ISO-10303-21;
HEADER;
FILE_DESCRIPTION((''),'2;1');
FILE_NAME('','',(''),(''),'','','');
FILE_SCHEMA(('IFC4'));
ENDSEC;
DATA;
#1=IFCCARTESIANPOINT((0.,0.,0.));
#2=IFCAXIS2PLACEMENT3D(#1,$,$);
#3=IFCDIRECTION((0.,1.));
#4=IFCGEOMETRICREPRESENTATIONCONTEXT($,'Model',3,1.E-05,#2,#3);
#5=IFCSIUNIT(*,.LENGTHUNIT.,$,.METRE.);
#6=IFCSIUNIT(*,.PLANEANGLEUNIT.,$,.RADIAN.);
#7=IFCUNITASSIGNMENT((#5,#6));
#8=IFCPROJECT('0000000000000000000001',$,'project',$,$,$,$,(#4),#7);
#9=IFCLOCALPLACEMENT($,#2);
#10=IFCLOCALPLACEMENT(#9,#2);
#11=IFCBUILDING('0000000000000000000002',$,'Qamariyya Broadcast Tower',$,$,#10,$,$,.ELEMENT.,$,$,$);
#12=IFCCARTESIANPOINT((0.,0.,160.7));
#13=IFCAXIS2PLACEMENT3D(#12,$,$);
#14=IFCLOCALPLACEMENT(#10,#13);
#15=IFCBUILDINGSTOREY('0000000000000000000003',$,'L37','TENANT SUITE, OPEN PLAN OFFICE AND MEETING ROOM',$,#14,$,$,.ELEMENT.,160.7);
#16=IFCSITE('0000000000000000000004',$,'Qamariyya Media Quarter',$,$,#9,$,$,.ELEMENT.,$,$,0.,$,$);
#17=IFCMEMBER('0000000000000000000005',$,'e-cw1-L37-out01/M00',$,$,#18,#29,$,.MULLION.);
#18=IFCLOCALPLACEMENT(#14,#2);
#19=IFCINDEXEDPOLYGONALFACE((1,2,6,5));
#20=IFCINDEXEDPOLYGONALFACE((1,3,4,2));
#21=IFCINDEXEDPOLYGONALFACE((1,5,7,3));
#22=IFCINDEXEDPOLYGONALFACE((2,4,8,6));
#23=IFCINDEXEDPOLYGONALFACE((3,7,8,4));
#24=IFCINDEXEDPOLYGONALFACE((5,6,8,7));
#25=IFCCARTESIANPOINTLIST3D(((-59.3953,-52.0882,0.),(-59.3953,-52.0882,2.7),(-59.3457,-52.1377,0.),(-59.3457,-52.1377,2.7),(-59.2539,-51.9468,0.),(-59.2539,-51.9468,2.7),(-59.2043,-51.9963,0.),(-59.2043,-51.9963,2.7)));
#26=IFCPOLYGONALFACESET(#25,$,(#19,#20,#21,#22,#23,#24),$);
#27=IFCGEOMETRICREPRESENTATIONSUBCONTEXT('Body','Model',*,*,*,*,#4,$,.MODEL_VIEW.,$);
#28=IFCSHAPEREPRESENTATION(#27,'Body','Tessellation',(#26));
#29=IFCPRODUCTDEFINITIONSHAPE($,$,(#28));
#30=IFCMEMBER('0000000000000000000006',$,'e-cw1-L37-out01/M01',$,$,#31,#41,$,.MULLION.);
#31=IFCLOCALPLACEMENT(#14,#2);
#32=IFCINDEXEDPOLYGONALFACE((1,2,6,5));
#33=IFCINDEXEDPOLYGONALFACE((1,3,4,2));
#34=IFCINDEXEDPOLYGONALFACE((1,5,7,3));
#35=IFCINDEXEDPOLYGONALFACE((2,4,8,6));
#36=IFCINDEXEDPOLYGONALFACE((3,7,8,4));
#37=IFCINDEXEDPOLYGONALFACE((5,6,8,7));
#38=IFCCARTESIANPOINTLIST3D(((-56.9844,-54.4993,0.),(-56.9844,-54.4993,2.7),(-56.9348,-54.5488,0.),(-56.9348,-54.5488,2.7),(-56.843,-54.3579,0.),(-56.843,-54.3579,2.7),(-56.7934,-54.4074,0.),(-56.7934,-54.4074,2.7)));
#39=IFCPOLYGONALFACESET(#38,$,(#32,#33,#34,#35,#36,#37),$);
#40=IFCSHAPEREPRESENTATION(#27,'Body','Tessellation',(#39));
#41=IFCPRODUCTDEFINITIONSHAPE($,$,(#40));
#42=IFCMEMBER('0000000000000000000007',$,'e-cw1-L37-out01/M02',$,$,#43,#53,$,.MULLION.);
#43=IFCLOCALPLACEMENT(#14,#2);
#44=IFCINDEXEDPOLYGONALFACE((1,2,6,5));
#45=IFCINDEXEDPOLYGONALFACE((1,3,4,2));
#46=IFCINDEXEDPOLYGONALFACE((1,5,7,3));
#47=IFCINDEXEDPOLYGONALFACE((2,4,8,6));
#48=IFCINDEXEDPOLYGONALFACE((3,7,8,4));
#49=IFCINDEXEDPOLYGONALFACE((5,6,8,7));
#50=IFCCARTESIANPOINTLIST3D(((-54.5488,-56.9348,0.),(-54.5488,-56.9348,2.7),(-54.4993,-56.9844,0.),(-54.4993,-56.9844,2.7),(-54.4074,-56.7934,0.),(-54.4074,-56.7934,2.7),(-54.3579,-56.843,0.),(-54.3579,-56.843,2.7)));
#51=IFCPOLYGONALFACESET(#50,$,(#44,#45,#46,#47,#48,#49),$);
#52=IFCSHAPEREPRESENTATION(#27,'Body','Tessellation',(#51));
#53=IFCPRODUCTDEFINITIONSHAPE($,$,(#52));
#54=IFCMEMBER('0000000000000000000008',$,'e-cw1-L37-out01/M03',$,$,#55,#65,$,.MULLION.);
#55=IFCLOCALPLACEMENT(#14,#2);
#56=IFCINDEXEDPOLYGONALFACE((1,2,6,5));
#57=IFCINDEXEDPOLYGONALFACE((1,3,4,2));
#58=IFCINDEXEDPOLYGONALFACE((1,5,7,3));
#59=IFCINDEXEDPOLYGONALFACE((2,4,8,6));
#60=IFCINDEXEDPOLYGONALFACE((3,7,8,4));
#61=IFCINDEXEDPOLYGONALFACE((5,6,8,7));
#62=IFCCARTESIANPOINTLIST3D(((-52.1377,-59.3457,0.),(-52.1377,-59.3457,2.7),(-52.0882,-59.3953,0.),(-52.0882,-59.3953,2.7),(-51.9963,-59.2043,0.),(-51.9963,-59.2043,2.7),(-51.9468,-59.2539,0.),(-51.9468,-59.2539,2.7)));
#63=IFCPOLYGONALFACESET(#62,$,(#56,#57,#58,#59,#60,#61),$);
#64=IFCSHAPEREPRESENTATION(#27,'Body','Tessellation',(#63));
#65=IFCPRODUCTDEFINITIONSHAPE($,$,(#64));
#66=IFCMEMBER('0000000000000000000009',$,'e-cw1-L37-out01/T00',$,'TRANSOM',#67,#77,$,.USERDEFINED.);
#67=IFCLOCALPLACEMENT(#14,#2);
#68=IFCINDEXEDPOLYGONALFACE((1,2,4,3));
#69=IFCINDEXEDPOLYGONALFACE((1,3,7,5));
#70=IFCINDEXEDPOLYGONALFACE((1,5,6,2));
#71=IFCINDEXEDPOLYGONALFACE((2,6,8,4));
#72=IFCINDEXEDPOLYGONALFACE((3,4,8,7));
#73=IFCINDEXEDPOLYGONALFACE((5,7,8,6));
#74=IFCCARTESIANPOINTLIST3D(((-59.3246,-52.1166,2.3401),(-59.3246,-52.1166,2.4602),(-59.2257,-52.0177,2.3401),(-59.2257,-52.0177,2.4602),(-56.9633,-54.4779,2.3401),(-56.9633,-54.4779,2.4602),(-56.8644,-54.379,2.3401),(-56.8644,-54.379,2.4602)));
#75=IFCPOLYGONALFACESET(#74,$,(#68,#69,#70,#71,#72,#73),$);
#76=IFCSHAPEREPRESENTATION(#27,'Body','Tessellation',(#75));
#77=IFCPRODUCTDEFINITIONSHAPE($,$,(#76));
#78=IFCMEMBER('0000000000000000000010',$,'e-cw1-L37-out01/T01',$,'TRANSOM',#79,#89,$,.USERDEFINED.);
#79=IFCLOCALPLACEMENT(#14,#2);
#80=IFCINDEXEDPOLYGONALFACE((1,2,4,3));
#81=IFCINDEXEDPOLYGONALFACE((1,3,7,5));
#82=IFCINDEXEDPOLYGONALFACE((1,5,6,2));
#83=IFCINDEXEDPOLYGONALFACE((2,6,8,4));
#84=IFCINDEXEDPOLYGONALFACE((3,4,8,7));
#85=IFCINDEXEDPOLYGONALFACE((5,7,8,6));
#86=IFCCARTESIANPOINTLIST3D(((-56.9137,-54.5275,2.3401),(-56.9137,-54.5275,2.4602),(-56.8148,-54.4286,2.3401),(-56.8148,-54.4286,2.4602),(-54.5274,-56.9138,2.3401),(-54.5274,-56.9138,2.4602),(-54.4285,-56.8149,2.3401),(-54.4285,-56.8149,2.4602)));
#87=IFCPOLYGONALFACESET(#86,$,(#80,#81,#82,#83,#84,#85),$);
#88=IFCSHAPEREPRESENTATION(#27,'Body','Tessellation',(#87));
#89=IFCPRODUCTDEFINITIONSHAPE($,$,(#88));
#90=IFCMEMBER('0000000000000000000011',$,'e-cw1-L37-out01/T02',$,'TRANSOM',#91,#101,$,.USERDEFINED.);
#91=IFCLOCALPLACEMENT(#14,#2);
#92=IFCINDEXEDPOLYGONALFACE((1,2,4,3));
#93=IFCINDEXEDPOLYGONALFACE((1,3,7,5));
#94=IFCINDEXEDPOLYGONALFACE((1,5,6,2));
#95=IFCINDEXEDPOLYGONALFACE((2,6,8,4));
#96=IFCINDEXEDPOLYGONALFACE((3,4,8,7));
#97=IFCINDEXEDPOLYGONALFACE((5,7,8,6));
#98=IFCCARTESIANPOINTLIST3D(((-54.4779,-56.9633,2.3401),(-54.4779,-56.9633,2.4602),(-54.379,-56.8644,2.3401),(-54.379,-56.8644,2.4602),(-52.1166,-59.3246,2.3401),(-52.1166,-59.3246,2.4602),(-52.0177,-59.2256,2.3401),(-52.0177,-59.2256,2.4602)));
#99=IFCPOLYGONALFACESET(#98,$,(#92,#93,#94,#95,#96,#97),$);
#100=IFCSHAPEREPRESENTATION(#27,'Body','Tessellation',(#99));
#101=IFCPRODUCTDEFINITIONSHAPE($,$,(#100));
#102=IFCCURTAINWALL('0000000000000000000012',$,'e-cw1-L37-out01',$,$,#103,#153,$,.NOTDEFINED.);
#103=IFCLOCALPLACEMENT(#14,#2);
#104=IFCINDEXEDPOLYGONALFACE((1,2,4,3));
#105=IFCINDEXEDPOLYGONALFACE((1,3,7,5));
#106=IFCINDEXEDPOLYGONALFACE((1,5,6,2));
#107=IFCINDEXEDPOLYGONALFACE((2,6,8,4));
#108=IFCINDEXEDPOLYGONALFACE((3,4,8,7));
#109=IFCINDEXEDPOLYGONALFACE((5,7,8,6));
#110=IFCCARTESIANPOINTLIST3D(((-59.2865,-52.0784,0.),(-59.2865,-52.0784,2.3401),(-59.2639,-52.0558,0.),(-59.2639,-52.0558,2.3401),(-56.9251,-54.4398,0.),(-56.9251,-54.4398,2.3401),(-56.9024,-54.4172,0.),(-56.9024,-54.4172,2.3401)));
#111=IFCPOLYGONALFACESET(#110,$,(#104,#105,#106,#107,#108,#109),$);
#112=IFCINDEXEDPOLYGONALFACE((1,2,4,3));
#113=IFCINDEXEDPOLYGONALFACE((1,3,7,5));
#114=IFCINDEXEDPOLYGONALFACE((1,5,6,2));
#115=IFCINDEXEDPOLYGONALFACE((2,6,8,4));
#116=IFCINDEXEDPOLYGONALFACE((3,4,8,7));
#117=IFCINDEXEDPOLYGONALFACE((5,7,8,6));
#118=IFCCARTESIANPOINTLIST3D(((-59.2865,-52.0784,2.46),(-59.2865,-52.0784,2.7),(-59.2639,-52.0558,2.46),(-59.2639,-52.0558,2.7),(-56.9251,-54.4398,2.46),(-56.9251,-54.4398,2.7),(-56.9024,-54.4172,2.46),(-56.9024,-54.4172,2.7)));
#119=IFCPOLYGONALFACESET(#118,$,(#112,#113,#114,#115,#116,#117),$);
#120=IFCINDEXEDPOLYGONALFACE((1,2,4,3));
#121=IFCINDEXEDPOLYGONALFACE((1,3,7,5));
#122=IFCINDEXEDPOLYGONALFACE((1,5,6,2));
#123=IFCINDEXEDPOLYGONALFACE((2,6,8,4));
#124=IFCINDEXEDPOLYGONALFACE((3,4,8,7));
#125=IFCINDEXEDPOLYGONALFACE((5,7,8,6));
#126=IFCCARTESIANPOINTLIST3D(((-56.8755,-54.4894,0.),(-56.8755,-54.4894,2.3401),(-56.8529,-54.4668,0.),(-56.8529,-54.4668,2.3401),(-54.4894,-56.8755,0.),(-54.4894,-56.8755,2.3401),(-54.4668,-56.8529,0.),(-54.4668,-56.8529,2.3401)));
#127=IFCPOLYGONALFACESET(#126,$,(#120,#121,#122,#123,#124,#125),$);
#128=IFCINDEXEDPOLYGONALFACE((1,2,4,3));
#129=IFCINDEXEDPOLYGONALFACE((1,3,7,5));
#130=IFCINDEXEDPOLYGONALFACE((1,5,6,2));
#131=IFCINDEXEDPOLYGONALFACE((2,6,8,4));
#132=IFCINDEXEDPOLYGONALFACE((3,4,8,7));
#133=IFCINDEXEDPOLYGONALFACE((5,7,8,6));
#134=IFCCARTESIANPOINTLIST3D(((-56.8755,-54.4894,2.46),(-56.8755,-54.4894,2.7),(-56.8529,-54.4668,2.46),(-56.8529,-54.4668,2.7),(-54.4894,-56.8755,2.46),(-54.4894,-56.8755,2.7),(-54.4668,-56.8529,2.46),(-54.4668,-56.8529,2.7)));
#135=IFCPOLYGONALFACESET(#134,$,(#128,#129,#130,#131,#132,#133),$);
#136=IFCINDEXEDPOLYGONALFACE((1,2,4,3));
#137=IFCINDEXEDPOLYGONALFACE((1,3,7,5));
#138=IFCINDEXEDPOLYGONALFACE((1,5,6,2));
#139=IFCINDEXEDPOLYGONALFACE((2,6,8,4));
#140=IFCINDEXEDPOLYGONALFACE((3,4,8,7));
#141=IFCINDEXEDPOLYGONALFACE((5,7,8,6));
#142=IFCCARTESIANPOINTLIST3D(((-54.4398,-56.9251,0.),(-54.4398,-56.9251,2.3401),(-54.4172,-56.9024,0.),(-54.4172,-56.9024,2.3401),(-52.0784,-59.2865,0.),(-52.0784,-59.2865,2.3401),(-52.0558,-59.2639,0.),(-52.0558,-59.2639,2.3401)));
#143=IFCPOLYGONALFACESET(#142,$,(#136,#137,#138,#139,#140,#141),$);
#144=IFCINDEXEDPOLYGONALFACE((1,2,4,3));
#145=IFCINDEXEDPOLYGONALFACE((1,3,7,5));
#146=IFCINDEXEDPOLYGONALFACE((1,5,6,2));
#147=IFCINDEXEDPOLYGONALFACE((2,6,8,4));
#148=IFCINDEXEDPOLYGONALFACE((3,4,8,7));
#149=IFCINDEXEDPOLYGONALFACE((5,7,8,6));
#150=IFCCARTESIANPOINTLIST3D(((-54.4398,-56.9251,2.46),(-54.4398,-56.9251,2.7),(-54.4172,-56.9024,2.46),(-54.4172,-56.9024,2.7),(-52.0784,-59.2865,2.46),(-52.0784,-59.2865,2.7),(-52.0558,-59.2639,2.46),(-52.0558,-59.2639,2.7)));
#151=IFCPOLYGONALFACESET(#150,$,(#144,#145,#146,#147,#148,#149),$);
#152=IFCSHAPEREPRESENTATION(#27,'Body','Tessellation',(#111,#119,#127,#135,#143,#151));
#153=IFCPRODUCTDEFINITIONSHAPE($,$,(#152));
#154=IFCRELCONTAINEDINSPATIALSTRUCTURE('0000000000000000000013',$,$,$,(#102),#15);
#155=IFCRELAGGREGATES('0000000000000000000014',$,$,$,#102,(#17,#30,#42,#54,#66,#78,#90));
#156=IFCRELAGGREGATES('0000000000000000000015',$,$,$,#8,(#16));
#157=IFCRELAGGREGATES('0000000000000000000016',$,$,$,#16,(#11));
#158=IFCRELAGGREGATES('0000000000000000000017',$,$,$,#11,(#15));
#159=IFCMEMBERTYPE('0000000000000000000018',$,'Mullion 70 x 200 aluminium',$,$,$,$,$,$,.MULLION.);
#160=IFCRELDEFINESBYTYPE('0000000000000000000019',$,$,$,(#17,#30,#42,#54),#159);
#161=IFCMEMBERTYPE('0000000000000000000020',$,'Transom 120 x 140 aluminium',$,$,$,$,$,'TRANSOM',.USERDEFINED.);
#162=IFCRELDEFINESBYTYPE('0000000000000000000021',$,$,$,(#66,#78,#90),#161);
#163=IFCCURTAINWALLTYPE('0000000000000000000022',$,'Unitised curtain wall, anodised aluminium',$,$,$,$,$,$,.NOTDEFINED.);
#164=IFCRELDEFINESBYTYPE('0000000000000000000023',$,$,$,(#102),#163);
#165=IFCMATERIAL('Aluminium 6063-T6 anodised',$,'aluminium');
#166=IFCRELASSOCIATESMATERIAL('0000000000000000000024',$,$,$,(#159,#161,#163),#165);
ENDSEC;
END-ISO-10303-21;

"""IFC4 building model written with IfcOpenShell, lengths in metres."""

from ifc_helpers import new_model, si_unit, direction, frame, origin, origin_2d, place, context, subcontext, project, spatial, rectangle, extrude, material, material_profile, profile_set, type_object, element, aggregate, save


model = new_model("IFC4")

# Units and contexts
model_context = context("Model", 3, precision=1e-05, world=origin(), true_north=direction((0.0, 1.0)))
body_context = subcontext(model_context, "Body", "Model", "MODEL_VIEW")
ifc_project = project(units=[si_unit("LENGTHUNIT", "METRE"), si_unit("PLANEANGLEUNIT", "RADIAN")], contexts=[model_context])

# Members
ifc_material_1 = material(Name="Aluminium 6063-T6 anodised", Category="aluminium")
ifc_material_profile_1 = material_profile(ifc_material_1, rectangle(XDim=0.2, YDim=0.0701, at=origin_2d()))
ifc_profile_set_1 = profile_set([ifc_material_profile_1], Name="Aluminium 6063-T6 anodised")
member_type_1 = type_object("IfcMemberType", Name="Mullion 70 x 200 aluminium", PredefinedType="MULLION", material=ifc_profile_set_1)
site_placement = place(None, origin())
building_placement = place(site_placement, origin())
storey_placement = place(building_placement, frame((0.0, 0.0, 160.7)))
member_1_placement = place(storey_placement, frame((-59.2998, -52.0422, 0.0), z_axis=(0.0, 0.0, 1.0), x_axis=(0.707107, 0.707107, 0.0)))
member_1 = element("IfcMember", 1, at=member_1_placement, type_object=member_type_1, Name="e-cw1-L37-out01/M00", PredefinedType="MULLION", context=body_context, shape_type="SweptSolid", body=[
    extrude(rectangle(XDim=0.2, YDim=0.0701, at=origin_2d()), origin(), (0.0, 0.0, 1.0), 2.7),
])
member_2_placement = place(storey_placement, frame((-56.8889, -54.4534, 0.0), z_axis=(0.0, 0.0, 1.0), x_axis=(0.707107, 0.707107, 0.0)))
member_2 = element("IfcMember", 2, at=member_2_placement, type_object=member_type_1, Name="e-cw1-L37-out01/M01", PredefinedType="MULLION", context=body_context, shape_type="SweptSolid", body=[
    extrude(rectangle(XDim=0.2, YDim=0.0701, at=origin_2d()), origin(), (0.0, 0.0, 1.0), 2.7),
])
member_3_placement = place(storey_placement, frame((-54.4534, -56.8889, 0.0), z_axis=(0.0, 0.0, 1.0), x_axis=(0.707107, 0.707107, 0.0)))
member_3 = element("IfcMember", 3, at=member_3_placement, type_object=member_type_1, Name="e-cw1-L37-out01/M02", PredefinedType="MULLION", context=body_context, shape_type="SweptSolid", body=[
    extrude(rectangle(XDim=0.2, YDim=0.0701, at=origin_2d()), origin(), (0.0, 0.0, 1.0), 2.7),
])
member_4_placement = place(storey_placement, frame((-52.0422, -59.2998, 0.0), z_axis=(0.0, 0.0, 1.0), x_axis=(0.707107, 0.707107, 0.0)))
member_4 = element("IfcMember", 4, at=member_4_placement, type_object=member_type_1, Name="e-cw1-L37-out01/M03", PredefinedType="MULLION", context=body_context, shape_type="SweptSolid", body=[
    extrude(rectangle(XDim=0.2, YDim=0.0701, at=origin_2d()), origin(), (0.0, 0.0, 1.0), 2.7),
])
ifc_material_profile_2 = material_profile(ifc_material_1, rectangle(XDim=0.1399, YDim=0.1201, at=origin_2d()))
ifc_profile_set_2 = profile_set([ifc_material_profile_2], Name="Aluminium 6063-T6 anodised")
member_type_2 = type_object("IfcMemberType", Name="Transom 120 x 140 aluminium", ElementType="TRANSOM", PredefinedType="USERDEFINED", material=ifc_profile_set_2)
member_5_placement = place(storey_placement, frame((-59.2751, -52.0671, 2.4001), z_axis=(0.707107, -0.707107, 0.0), x_axis=(0.707107, 0.707107, 0.0)))
member_5 = element("IfcMember", 5, at=member_5_placement, type_object=member_type_2, Name="e-cw1-L37-out01/T00", ObjectType="TRANSOM", PredefinedType="USERDEFINED", context=body_context, shape_type="SweptSolid", body=[
    extrude(rectangle(XDim=0.1399, YDim=0.1201, at=origin_2d()), origin(), (0.0, 0.0, 1.0), 3.3394),
])
member_6_placement = place(storey_placement, frame((-56.8643, -54.478, 2.4001), z_axis=(0.707107, -0.707107, 0.0), x_axis=(0.707107, 0.707107, 0.0)))
member_6 = element("IfcMember", 6, at=member_6_placement, type_object=member_type_2, Name="e-cw1-L37-out01/T01", ObjectType="TRANSOM", PredefinedType="USERDEFINED", context=body_context, shape_type="SweptSolid", body=[
    extrude(rectangle(XDim=0.1399, YDim=0.1201, at=origin_2d()), origin(), (0.0, 0.0, 1.0), 3.3748),
])
member_7_placement = place(storey_placement, frame((-54.4285, -56.9138, 2.4001), z_axis=(0.707107, -0.707107, 0.0), x_axis=(0.707107, 0.707107, 0.0)))
member_7 = element("IfcMember", 7, at=member_7_placement, type_object=member_type_2, Name="e-cw1-L37-out01/T02", ObjectType="TRANSOM", PredefinedType="USERDEFINED", context=body_context, shape_type="SweptSolid", body=[
    extrude(rectangle(XDim=0.1399, YDim=0.1201, at=origin_2d()), origin(), (0.0, 0.0, 1.0), 3.3394),
])

# Site, building, storey
site = spatial("IfcSite", under=ifc_project, at=site_placement, Name="Qamariyya Media Quarter", CompositionType="ELEMENT", RefElevation=0.0)
building = spatial("IfcBuilding", under=site, at=building_placement, Name="Qamariyya Broadcast Tower", CompositionType="ELEMENT")
storey = spatial("IfcBuildingStorey", under=building, at=storey_placement, Name="L37", Description="TENANT SUITE, OPEN PLAN OFFICE AND MEETING ROOM", CompositionType="ELEMENT", Elevation=160.7)

# Curtain wall
curtain_wall_type = type_object("IfcCurtainWallType", Name="Unitised curtain wall, anodised aluminium", PredefinedType="NOTDEFINED", material=ifc_material_1)
curtain_wall_1_placement = place(storey_placement, origin())
curtain_wall_1 = element("IfcCurtainWall", 8, at=curtain_wall_1_placement, inside=storey, type_object=curtain_wall_type, Name="e-cw1-L37-out01", PredefinedType="NOTDEFINED", context=body_context, shape_type="SweptSolid", body=[
    extrude(rectangle(XDim=3.3396, YDim=0.032, at=origin_2d()), frame((-58.0945, -53.2478, 0.0), x_axis=(0.707107, -0.707107, 0.0)), (0.0, 0.0, 1.0), 2.3401),
    extrude(rectangle(XDim=3.3396, YDim=0.032, at=origin_2d()), frame((-58.0945, -53.2478, 2.46), x_axis=(0.707107, -0.707107, 0.0)), (0.0, 0.0, 1.0), 0.24),
    extrude(rectangle(XDim=3.3745, YDim=0.032, at=origin_2d()), frame((-55.6711, -55.6711, 0.0), x_axis=(0.707107, -0.707107, 0.0)), (0.0, 0.0, 1.0), 2.3401),
    extrude(rectangle(XDim=3.3745, YDim=0.032, at=origin_2d()), frame((-55.6711, -55.6711, 2.46), x_axis=(0.707107, -0.707107, 0.0)), (0.0, 0.0, 1.0), 0.24),
    extrude(rectangle(XDim=3.3396, YDim=0.032, at=origin_2d()), frame((-53.2478, -58.0945, 0.0), x_axis=(0.707107, -0.707107, 0.0)), (0.0, 0.0, 1.0), 2.3401),
    extrude(rectangle(XDim=3.3396, YDim=0.032, at=origin_2d()), frame((-53.2478, -58.0945, 2.46), x_axis=(0.707107, -0.707107, 0.0)), (0.0, 0.0, 1.0), 0.24),
])
aggregate(curtain_wall_1, [member_1, member_2, member_3, member_4, member_5, member_6, member_7])

save(model, "model.ifc")
